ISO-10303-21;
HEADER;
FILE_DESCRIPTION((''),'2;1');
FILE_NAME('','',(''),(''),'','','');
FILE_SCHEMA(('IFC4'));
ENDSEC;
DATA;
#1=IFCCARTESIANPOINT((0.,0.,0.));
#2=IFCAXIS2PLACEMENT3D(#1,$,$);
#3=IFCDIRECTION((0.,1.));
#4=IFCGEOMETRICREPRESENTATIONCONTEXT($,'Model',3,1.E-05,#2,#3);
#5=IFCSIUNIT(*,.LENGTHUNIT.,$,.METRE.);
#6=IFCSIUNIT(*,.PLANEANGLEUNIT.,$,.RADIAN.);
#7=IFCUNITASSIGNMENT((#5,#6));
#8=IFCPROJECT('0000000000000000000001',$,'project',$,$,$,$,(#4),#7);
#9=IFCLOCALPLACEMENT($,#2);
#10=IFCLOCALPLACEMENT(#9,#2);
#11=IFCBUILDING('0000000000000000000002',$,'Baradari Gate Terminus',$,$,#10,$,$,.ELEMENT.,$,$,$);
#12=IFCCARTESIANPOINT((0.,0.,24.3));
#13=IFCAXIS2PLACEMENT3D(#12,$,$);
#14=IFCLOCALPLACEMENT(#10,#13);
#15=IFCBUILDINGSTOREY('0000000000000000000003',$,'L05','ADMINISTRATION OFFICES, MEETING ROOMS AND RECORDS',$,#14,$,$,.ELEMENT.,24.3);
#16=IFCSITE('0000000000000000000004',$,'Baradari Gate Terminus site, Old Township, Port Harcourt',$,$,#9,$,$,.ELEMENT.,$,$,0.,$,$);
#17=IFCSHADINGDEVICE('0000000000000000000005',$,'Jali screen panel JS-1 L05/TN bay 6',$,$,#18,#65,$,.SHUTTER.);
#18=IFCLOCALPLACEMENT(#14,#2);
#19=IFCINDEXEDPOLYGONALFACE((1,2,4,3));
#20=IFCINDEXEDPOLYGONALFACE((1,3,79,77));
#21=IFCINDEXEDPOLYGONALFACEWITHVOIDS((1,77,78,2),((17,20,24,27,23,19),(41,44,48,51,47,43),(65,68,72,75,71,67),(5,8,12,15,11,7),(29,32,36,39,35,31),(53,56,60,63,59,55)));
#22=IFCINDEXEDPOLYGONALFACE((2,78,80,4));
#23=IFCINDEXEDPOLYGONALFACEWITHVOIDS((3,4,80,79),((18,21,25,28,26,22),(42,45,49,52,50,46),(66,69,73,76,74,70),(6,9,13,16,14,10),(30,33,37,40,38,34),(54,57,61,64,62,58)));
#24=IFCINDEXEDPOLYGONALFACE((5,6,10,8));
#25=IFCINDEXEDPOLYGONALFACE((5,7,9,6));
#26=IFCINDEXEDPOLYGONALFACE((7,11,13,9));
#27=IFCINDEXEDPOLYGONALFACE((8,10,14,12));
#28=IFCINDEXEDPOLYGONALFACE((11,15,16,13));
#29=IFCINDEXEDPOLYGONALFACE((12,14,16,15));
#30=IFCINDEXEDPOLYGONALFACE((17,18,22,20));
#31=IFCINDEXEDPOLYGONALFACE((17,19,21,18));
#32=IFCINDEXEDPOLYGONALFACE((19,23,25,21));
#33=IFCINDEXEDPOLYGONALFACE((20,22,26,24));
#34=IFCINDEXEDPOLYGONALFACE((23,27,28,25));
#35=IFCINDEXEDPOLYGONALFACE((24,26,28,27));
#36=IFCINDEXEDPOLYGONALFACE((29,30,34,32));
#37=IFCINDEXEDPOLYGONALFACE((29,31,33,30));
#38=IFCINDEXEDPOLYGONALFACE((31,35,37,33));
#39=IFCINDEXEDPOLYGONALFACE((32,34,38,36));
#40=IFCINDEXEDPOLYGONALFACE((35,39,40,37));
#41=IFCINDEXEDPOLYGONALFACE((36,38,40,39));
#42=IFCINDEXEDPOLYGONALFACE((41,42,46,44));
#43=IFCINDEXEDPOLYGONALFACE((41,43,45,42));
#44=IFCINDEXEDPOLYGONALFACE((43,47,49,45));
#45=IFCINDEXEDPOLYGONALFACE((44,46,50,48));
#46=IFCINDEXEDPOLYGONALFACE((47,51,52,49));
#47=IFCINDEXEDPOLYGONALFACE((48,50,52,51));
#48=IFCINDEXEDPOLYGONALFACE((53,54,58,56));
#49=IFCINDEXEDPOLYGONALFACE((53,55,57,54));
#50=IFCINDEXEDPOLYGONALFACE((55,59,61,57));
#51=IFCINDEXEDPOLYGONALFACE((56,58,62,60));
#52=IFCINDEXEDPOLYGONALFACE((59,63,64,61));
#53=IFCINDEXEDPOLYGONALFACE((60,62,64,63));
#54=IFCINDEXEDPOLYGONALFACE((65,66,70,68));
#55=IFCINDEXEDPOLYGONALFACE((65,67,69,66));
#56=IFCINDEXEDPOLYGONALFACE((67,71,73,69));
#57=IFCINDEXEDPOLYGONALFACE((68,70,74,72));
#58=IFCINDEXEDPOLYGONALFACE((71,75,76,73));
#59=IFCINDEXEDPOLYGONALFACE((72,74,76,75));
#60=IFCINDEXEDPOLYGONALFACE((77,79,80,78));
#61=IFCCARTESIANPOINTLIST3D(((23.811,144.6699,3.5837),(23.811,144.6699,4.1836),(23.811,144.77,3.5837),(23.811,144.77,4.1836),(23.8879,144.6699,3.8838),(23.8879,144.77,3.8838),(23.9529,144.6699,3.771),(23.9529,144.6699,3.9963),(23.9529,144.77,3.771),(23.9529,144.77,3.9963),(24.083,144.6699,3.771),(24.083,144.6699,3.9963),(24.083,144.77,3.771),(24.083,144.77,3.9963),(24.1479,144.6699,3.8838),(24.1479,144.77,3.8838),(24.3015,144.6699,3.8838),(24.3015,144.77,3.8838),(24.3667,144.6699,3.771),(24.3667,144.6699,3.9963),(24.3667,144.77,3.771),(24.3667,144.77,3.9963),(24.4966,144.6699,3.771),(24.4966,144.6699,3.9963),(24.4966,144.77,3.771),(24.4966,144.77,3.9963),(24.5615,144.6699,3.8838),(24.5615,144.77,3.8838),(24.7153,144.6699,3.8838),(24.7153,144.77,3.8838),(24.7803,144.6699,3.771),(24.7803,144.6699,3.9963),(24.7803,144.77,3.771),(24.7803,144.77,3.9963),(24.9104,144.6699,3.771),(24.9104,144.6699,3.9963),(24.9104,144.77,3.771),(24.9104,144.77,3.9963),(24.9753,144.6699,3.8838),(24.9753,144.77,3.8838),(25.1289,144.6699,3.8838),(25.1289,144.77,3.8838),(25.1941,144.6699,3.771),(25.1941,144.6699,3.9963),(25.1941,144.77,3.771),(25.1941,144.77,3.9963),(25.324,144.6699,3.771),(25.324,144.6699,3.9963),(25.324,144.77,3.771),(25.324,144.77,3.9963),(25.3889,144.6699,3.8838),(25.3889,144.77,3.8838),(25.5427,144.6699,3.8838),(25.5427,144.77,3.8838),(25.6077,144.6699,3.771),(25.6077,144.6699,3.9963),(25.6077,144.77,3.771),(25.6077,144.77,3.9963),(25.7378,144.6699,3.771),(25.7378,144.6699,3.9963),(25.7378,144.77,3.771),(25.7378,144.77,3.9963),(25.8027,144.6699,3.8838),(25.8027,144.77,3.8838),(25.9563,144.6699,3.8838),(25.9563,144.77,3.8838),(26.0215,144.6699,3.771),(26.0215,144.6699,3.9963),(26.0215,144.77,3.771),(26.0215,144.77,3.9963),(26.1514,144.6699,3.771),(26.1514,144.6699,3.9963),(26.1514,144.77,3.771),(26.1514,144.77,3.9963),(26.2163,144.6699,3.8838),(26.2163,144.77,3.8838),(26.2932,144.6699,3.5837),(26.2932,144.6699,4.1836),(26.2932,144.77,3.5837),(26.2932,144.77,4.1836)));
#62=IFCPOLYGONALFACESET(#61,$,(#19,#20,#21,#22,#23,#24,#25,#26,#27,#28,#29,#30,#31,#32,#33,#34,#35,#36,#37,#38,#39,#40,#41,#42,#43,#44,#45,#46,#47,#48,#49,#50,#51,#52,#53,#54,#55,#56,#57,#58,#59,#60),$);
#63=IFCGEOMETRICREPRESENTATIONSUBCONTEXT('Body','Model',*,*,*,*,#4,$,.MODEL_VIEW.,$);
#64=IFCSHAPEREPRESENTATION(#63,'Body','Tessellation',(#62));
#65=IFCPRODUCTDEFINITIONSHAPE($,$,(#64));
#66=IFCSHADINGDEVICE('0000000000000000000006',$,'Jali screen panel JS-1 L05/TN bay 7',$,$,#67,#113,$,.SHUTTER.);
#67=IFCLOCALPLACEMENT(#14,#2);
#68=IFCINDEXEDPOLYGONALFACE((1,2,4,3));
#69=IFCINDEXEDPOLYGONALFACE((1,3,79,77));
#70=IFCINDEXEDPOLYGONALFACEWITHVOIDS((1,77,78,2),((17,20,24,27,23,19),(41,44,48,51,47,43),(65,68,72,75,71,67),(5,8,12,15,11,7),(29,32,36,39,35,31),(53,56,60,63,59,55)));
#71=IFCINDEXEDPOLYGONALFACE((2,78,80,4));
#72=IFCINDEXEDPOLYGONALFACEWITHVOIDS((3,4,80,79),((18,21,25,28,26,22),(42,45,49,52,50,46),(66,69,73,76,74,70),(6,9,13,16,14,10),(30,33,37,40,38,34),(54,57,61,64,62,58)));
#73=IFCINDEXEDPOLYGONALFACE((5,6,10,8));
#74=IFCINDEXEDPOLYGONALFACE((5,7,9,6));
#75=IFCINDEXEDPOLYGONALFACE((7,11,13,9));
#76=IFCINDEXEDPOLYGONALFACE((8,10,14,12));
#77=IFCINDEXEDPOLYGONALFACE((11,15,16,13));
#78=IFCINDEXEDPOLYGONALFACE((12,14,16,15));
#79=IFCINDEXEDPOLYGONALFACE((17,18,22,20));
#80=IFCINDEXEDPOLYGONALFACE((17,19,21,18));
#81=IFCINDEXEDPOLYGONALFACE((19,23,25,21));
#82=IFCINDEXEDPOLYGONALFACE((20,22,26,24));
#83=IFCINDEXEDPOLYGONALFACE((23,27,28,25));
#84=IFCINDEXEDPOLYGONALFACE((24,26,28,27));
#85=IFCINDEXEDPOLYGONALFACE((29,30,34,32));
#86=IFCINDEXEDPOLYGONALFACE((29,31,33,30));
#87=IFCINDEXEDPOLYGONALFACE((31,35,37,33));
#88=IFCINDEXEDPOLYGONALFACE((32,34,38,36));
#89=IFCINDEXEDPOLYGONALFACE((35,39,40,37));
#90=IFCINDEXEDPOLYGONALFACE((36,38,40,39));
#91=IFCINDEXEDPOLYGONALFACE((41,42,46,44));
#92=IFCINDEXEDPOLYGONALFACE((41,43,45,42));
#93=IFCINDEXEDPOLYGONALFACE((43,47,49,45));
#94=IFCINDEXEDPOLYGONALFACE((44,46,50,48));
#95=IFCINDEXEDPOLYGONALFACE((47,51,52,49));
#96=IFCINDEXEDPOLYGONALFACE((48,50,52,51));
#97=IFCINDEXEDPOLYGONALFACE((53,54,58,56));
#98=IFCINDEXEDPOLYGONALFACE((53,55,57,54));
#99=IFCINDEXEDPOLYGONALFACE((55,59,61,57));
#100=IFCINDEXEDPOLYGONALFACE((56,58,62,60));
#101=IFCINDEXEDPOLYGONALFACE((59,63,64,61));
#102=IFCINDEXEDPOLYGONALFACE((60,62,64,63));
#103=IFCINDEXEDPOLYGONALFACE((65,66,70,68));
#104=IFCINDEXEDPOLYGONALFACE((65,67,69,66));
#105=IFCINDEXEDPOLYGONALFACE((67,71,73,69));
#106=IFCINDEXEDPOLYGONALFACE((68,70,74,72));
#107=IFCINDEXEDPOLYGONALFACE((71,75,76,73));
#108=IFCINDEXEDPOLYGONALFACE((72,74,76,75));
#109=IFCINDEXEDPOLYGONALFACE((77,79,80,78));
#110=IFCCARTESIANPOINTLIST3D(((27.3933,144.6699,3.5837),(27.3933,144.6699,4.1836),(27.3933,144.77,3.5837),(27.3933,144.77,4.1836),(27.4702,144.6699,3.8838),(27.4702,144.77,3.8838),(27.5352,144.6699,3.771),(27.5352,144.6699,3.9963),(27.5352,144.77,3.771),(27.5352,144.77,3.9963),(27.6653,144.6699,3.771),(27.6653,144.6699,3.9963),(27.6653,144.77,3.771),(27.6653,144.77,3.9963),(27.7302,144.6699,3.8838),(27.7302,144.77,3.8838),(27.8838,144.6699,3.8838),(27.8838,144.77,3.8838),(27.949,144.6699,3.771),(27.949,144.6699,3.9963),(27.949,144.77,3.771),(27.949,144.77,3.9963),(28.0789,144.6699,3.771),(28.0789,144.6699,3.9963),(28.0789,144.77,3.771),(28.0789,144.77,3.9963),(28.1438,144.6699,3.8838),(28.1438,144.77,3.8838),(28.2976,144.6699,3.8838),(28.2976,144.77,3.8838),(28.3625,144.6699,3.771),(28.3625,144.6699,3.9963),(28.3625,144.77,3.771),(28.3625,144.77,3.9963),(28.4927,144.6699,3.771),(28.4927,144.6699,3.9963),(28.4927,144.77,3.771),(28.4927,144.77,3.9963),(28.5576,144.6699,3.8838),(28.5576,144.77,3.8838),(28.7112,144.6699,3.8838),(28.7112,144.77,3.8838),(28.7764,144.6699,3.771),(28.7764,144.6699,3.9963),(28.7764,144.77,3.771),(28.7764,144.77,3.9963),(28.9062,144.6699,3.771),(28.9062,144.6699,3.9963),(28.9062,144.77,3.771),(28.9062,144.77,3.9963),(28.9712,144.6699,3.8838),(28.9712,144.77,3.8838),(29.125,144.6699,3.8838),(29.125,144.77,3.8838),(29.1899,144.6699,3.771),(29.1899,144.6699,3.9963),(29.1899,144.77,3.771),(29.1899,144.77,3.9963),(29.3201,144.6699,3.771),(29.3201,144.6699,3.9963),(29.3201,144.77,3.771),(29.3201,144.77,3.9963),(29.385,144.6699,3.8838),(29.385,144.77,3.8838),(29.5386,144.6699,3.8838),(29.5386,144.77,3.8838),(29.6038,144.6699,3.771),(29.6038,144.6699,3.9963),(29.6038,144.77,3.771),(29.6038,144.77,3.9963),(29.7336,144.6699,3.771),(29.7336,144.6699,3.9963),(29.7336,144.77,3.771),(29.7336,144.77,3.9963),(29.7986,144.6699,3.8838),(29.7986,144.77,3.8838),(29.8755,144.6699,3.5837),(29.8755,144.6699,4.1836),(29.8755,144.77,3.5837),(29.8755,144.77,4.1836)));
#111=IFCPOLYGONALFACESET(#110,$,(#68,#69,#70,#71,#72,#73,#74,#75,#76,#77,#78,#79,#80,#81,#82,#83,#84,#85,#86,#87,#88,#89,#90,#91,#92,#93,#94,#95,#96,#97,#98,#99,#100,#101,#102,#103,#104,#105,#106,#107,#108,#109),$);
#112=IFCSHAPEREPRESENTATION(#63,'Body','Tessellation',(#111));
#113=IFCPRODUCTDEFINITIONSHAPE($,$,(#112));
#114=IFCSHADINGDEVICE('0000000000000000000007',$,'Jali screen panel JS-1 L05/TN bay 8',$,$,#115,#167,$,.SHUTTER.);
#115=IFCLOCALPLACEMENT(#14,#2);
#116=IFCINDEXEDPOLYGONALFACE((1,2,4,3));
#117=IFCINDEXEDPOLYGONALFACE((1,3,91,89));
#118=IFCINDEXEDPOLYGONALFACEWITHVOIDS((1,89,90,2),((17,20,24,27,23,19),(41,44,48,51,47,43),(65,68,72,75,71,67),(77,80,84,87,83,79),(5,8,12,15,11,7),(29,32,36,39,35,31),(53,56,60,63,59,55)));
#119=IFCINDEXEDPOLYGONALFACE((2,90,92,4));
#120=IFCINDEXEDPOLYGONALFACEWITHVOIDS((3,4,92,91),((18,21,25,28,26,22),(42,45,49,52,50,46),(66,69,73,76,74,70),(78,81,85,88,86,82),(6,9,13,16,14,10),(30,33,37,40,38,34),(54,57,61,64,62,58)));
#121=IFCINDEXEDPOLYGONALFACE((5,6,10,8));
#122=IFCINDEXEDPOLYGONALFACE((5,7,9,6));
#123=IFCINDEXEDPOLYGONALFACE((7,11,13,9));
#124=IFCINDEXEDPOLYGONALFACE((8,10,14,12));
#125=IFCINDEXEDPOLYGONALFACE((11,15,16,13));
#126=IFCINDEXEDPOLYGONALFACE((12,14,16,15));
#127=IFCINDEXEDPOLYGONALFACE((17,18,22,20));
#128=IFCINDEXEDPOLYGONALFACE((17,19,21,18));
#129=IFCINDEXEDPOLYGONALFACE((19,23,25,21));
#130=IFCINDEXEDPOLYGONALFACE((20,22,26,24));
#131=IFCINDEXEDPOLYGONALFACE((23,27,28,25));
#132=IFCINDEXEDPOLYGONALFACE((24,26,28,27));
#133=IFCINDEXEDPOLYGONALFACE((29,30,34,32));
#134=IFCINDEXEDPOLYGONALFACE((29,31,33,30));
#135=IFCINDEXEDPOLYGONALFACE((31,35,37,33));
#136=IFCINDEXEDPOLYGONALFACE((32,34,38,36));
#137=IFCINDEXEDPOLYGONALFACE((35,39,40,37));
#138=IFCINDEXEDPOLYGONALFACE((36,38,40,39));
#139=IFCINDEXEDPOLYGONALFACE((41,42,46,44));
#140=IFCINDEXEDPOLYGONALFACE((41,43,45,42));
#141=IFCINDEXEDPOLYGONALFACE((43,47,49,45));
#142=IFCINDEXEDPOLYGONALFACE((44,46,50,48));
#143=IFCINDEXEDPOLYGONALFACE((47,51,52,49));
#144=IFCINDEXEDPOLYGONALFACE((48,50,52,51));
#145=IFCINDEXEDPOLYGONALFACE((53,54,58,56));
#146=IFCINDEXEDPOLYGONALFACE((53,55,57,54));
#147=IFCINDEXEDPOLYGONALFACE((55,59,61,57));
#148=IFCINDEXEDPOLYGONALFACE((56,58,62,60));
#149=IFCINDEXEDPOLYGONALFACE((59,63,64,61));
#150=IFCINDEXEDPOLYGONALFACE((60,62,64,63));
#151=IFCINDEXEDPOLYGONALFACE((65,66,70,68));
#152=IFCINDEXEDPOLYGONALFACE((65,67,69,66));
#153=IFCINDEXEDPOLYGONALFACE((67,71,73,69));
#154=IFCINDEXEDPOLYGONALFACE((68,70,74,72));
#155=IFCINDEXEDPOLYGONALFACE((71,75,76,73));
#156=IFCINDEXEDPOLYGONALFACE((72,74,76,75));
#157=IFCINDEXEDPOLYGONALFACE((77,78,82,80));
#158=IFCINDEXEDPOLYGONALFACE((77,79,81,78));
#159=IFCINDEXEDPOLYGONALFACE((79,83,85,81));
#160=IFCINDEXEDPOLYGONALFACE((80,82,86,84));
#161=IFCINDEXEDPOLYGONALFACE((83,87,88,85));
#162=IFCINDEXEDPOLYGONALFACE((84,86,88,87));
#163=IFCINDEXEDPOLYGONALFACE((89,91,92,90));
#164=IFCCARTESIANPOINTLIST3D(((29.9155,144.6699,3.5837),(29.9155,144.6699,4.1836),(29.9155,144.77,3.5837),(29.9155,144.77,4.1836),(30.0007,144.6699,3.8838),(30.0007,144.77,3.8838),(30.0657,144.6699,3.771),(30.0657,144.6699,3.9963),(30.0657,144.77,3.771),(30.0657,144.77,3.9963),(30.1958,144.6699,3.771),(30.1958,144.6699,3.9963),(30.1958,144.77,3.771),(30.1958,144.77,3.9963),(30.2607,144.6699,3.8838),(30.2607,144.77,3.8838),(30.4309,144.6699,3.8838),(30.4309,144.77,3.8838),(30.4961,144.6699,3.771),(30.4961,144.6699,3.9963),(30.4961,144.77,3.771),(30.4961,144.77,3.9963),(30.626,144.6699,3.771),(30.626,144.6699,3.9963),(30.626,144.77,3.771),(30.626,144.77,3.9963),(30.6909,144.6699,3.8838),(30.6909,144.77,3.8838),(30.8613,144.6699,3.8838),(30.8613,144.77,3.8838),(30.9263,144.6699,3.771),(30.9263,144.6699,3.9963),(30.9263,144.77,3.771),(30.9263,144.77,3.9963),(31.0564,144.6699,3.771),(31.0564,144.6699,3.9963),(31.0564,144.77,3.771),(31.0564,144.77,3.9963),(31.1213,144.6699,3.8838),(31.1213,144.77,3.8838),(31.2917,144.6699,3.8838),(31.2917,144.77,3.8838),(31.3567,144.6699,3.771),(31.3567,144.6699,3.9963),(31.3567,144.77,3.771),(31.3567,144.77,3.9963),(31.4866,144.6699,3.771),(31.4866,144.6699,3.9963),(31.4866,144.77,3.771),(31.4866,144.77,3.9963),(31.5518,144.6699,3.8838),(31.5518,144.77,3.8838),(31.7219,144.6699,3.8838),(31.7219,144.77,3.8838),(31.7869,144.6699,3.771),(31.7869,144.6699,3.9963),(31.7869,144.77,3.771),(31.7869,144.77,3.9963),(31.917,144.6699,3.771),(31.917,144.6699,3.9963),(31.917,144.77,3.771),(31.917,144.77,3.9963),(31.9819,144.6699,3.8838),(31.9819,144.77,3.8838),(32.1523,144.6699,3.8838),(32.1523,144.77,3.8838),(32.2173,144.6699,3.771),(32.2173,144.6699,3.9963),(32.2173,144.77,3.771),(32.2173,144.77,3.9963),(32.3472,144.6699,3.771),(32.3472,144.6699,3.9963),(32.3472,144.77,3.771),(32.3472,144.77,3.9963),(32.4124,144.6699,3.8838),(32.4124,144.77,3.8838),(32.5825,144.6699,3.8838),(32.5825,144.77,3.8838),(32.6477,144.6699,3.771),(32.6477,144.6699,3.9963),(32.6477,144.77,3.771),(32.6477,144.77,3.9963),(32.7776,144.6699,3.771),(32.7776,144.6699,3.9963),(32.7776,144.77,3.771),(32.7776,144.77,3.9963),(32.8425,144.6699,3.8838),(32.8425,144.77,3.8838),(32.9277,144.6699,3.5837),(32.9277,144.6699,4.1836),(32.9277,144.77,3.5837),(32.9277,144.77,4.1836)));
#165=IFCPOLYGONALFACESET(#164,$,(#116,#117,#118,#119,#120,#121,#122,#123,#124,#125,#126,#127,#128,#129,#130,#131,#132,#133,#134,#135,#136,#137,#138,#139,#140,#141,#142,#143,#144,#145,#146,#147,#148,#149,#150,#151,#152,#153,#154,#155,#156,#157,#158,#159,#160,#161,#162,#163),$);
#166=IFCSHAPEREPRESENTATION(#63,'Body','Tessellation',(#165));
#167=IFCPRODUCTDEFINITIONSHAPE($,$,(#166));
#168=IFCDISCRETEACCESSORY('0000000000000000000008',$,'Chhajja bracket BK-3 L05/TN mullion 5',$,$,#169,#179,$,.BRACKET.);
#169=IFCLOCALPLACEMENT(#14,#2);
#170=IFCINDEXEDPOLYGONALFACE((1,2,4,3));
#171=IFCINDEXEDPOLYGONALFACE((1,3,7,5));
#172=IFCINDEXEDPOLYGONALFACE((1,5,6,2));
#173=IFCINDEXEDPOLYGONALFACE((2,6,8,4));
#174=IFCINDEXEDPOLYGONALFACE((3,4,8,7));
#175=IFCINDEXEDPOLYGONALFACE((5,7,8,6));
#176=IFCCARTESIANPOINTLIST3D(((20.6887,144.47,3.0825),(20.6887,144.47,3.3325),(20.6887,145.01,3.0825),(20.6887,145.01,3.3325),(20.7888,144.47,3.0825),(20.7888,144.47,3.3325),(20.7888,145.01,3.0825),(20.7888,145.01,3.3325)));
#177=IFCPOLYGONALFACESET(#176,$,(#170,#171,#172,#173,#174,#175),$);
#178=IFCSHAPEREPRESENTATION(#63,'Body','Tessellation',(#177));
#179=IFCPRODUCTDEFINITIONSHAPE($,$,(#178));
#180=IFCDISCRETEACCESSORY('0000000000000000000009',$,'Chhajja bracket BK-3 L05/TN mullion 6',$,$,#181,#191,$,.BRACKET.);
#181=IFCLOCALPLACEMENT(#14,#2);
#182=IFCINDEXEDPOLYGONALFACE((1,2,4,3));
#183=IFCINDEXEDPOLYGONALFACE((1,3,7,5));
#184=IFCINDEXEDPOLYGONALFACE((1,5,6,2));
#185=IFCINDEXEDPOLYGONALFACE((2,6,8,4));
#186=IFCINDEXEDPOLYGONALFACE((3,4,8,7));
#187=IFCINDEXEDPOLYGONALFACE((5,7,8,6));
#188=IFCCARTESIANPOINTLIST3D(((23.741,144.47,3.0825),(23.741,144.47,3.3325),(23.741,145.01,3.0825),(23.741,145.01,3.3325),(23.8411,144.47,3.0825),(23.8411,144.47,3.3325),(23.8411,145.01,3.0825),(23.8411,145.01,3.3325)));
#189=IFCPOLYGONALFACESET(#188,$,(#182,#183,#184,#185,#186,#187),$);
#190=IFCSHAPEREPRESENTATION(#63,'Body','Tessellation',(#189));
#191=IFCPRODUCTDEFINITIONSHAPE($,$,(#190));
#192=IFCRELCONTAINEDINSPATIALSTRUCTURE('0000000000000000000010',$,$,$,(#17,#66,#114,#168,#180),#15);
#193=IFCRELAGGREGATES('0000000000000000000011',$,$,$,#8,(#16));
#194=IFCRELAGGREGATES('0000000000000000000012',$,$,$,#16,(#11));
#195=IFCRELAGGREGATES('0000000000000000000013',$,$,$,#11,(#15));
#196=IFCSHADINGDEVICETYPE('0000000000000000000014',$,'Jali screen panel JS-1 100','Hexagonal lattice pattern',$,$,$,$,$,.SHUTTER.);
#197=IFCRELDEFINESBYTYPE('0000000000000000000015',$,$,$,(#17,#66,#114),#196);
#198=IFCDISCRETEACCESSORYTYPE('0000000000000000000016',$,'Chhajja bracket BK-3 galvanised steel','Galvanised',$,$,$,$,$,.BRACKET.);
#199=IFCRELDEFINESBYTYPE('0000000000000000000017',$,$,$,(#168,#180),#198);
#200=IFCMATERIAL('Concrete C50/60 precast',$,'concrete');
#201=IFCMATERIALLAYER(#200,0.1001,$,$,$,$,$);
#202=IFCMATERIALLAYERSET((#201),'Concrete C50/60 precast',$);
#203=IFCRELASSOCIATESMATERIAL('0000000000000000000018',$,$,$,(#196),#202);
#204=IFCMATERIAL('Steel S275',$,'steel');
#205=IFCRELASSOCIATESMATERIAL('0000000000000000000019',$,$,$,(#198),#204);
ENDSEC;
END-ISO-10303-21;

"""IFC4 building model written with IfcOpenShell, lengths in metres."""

from ifc_helpers import new_model, si_unit, direction, frame, origin, origin_2d, place, context, subcontext, project, spatial, polyline, rectangle, outline, extrude, material, layer, layer_set, type_object, element, save


model = new_model("IFC4")

# Units and contexts
model_context = context("Model", 3, precision=1e-05, world=origin(), true_north=direction((0.0, 1.0)))
body_context = subcontext(model_context, "Body", "Model", "MODEL_VIEW")
ifc_project = project(units=[si_unit("LENGTHUNIT", "METRE"), si_unit("PLANEANGLEUNIT", "RADIAN")], contexts=[model_context])

# Site, building, storey
site_placement = place(None, origin())
site = spatial("IfcSite", under=ifc_project, at=site_placement, Name="Baradari Gate Terminus site, Old Township, Port Harcourt", CompositionType="ELEMENT", RefElevation=0.0)
building_placement = place(site_placement, origin())
building = spatial("IfcBuilding", under=site, at=building_placement, Name="Baradari Gate Terminus", CompositionType="ELEMENT")
storey_placement = place(building_placement, frame((0.0, 0.0, 24.3)))
storey = spatial("IfcBuildingStorey", under=building, at=storey_placement, Name="L05", Description="ADMINISTRATION OFFICES, MEETING ROOMS AND RECORDS", CompositionType="ELEMENT", Elevation=24.3)

# Shading devices
ifc_material_1 = material(Name="Concrete C50/60 precast", Category="concrete")
ifc_layer_1 = layer(ifc_material_1, 0.1001)
ifc_layer_set_1 = layer_set([ifc_layer_1], Name="Concrete C50/60 precast")
shading_device_type_1 = type_object("IfcShadingDeviceType", Name="Jali screen panel JS-1 100", Description="Hexagonal lattice pattern", PredefinedType="SHUTTER", material=ifc_layer_set_1)
for number, where, z_axis, x_axis, name in (
    (1, (23.811, 144.72, 3.5837), (0.0, 0.0, 1.0), (1.0, 0.0, 0.0), "Jali screen panel JS-1 L05/TN bay 6"),
    (2, (27.3933, 144.72, 3.5837), (0.0, 0.0, 1.0), (1.0, 0.0, 0.0), "Jali screen panel JS-1 L05/TN bay 7"),
):
    element("IfcShadingDevice", number, at=place(storey_placement, frame(where, z_axis=z_axis, x_axis=x_axis)), inside=storey, type_object=shading_device_type_1, Name=name, PredefinedType="SHUTTER", context=body_context, shape_type="SweptSolid", body=[
        extrude(outline(polyline([(0.0, 0.0), (2.4822, 0.0), (2.4822, 0.5999), (0.0, 0.5999), (0.0, 0.0)]), holes=[polyline([(0.3369, 0.3), (0.272, 0.1873), (0.1418, 0.1873), (0.0769, 0.3), (0.1418, 0.4126), (0.272, 0.4126), (0.3369, 0.3)]), polyline([(0.7505, 0.3), (0.6855, 0.1873), (0.5557, 0.1873), (0.4905, 0.3), (0.5557, 0.4126), (0.6855, 0.4126), (0.7505, 0.3)]), polyline([(1.1643, 0.3), (1.0994, 0.1873), (0.9692, 0.1873), (0.9043, 0.3), (0.9692, 0.4126), (1.0994, 0.4126), (1.1643, 0.3)]), polyline([(1.5779, 0.3), (1.5129, 0.1873), (1.3831, 0.1873), (1.3179, 0.3), (1.3831, 0.4126), (1.5129, 0.4126), (1.5779, 0.3)]), polyline([(1.9917, 0.3), (1.9268, 0.1873), (1.7966, 0.1873), (1.7317, 0.3), (1.7966, 0.4126), (1.9268, 0.4126), (1.9917, 0.3)]), polyline([(2.4053, 0.3), (2.3403, 0.1873), (2.2104, 0.1873), (2.1453, 0.3), (2.2104, 0.4126), (2.3403, 0.4126), (2.4053, 0.3)])]), frame((0.0, 0.05, 0.0), z_axis=(0.0, -1.0, 0.0), x_axis=(1.0, 0.0, 0.0)), (0.0, 0.0, 1.0), 0.1001),
    ])
shading_device_1_placement = place(storey_placement, frame((29.9155, 144.72, 3.5837), z_axis=(0.0, 0.0, 1.0), x_axis=(1.0, 0.0, 0.0)))
element("IfcShadingDevice", 3, at=shading_device_1_placement, inside=storey, type_object=shading_device_type_1, Name="Jali screen panel JS-1 L05/TN bay 8", PredefinedType="SHUTTER", context=body_context, shape_type="SweptSolid", body=[
    extrude(outline(polyline([(0.0, 0.0), (3.0122, 0.0), (3.0122, 0.5999), (0.0, 0.5999), (0.0, 0.0)]), holes=[polyline([(0.3452, 0.3), (0.2803, 0.1873), (0.1501, 0.1873), (0.0852, 0.3), (0.1501, 0.4126), (0.2803, 0.4126), (0.3452, 0.3)]), polyline([(0.7754, 0.3), (0.7104, 0.1873), (0.5806, 0.1873), (0.5154, 0.3), (0.5806, 0.4126), (0.7104, 0.4126), (0.7754, 0.3)]), polyline([(1.2058, 0.3), (1.1409, 0.1873), (1.0107, 0.1873), (0.9458, 0.3), (1.0107, 0.4126), (1.1409, 0.4126), (1.2058, 0.3)]), polyline([(1.6362, 0.3), (1.571, 0.1873), (1.4412, 0.1873), (1.3762, 0.3), (1.4412, 0.4126), (1.571, 0.4126), (1.6362, 0.3)]), polyline([(2.0664, 0.3), (2.0015, 0.1873), (1.8713, 0.1873), (1.8064, 0.3), (1.8713, 0.4126), (2.0015, 0.4126), (2.0664, 0.3)]), polyline([(2.4968, 0.3), (2.4316, 0.1873), (2.3018, 0.1873), (2.2368, 0.3), (2.3018, 0.4126), (2.4316, 0.4126), (2.4968, 0.3)]), polyline([(2.927, 0.3), (2.8621, 0.1873), (2.7322, 0.1873), (2.667, 0.3), (2.7322, 0.4126), (2.8621, 0.4126), (2.927, 0.3)])]), frame((0.0, 0.05, 0.0), z_axis=(0.0, -1.0, 0.0), x_axis=(1.0, 0.0, 0.0)), (0.0, 0.0, 1.0), 0.1001),
])

# Discrete accessories
ifc_material_2 = material(Name="Steel S275", Category="steel")
discrete_accessory_type_1 = type_object("IfcDiscreteAccessoryType", Name="Chhajja bracket BK-3 galvanised steel", Description="Galvanised", PredefinedType="BRACKET", material=ifc_material_2)
for number, where, z_axis, x_axis, name in (
    (4, (20.7388, 144.74, 3.0825), (0.0, 0.0, 1.0), (0.0, 1.0, 0.0), "Chhajja bracket BK-3 L05/TN mullion 5"),
    (5, (23.791, 144.74, 3.0825), (0.0, 0.0, 1.0), (0.0, 1.0, 0.0), "Chhajja bracket BK-3 L05/TN mullion 6"),
):
    element("IfcDiscreteAccessory", number, at=place(storey_placement, frame(where, z_axis=z_axis, x_axis=x_axis)), inside=storey, type_object=discrete_accessory_type_1, Name=name, PredefinedType="BRACKET", context=body_context, shape_type="SweptSolid", body=[
        extrude(rectangle(XDim=0.54, YDim=0.1001, at=origin_2d()), origin(), (0.0, 0.0, 1.0), 0.25),
    ])

save(model, "model.ifc")
